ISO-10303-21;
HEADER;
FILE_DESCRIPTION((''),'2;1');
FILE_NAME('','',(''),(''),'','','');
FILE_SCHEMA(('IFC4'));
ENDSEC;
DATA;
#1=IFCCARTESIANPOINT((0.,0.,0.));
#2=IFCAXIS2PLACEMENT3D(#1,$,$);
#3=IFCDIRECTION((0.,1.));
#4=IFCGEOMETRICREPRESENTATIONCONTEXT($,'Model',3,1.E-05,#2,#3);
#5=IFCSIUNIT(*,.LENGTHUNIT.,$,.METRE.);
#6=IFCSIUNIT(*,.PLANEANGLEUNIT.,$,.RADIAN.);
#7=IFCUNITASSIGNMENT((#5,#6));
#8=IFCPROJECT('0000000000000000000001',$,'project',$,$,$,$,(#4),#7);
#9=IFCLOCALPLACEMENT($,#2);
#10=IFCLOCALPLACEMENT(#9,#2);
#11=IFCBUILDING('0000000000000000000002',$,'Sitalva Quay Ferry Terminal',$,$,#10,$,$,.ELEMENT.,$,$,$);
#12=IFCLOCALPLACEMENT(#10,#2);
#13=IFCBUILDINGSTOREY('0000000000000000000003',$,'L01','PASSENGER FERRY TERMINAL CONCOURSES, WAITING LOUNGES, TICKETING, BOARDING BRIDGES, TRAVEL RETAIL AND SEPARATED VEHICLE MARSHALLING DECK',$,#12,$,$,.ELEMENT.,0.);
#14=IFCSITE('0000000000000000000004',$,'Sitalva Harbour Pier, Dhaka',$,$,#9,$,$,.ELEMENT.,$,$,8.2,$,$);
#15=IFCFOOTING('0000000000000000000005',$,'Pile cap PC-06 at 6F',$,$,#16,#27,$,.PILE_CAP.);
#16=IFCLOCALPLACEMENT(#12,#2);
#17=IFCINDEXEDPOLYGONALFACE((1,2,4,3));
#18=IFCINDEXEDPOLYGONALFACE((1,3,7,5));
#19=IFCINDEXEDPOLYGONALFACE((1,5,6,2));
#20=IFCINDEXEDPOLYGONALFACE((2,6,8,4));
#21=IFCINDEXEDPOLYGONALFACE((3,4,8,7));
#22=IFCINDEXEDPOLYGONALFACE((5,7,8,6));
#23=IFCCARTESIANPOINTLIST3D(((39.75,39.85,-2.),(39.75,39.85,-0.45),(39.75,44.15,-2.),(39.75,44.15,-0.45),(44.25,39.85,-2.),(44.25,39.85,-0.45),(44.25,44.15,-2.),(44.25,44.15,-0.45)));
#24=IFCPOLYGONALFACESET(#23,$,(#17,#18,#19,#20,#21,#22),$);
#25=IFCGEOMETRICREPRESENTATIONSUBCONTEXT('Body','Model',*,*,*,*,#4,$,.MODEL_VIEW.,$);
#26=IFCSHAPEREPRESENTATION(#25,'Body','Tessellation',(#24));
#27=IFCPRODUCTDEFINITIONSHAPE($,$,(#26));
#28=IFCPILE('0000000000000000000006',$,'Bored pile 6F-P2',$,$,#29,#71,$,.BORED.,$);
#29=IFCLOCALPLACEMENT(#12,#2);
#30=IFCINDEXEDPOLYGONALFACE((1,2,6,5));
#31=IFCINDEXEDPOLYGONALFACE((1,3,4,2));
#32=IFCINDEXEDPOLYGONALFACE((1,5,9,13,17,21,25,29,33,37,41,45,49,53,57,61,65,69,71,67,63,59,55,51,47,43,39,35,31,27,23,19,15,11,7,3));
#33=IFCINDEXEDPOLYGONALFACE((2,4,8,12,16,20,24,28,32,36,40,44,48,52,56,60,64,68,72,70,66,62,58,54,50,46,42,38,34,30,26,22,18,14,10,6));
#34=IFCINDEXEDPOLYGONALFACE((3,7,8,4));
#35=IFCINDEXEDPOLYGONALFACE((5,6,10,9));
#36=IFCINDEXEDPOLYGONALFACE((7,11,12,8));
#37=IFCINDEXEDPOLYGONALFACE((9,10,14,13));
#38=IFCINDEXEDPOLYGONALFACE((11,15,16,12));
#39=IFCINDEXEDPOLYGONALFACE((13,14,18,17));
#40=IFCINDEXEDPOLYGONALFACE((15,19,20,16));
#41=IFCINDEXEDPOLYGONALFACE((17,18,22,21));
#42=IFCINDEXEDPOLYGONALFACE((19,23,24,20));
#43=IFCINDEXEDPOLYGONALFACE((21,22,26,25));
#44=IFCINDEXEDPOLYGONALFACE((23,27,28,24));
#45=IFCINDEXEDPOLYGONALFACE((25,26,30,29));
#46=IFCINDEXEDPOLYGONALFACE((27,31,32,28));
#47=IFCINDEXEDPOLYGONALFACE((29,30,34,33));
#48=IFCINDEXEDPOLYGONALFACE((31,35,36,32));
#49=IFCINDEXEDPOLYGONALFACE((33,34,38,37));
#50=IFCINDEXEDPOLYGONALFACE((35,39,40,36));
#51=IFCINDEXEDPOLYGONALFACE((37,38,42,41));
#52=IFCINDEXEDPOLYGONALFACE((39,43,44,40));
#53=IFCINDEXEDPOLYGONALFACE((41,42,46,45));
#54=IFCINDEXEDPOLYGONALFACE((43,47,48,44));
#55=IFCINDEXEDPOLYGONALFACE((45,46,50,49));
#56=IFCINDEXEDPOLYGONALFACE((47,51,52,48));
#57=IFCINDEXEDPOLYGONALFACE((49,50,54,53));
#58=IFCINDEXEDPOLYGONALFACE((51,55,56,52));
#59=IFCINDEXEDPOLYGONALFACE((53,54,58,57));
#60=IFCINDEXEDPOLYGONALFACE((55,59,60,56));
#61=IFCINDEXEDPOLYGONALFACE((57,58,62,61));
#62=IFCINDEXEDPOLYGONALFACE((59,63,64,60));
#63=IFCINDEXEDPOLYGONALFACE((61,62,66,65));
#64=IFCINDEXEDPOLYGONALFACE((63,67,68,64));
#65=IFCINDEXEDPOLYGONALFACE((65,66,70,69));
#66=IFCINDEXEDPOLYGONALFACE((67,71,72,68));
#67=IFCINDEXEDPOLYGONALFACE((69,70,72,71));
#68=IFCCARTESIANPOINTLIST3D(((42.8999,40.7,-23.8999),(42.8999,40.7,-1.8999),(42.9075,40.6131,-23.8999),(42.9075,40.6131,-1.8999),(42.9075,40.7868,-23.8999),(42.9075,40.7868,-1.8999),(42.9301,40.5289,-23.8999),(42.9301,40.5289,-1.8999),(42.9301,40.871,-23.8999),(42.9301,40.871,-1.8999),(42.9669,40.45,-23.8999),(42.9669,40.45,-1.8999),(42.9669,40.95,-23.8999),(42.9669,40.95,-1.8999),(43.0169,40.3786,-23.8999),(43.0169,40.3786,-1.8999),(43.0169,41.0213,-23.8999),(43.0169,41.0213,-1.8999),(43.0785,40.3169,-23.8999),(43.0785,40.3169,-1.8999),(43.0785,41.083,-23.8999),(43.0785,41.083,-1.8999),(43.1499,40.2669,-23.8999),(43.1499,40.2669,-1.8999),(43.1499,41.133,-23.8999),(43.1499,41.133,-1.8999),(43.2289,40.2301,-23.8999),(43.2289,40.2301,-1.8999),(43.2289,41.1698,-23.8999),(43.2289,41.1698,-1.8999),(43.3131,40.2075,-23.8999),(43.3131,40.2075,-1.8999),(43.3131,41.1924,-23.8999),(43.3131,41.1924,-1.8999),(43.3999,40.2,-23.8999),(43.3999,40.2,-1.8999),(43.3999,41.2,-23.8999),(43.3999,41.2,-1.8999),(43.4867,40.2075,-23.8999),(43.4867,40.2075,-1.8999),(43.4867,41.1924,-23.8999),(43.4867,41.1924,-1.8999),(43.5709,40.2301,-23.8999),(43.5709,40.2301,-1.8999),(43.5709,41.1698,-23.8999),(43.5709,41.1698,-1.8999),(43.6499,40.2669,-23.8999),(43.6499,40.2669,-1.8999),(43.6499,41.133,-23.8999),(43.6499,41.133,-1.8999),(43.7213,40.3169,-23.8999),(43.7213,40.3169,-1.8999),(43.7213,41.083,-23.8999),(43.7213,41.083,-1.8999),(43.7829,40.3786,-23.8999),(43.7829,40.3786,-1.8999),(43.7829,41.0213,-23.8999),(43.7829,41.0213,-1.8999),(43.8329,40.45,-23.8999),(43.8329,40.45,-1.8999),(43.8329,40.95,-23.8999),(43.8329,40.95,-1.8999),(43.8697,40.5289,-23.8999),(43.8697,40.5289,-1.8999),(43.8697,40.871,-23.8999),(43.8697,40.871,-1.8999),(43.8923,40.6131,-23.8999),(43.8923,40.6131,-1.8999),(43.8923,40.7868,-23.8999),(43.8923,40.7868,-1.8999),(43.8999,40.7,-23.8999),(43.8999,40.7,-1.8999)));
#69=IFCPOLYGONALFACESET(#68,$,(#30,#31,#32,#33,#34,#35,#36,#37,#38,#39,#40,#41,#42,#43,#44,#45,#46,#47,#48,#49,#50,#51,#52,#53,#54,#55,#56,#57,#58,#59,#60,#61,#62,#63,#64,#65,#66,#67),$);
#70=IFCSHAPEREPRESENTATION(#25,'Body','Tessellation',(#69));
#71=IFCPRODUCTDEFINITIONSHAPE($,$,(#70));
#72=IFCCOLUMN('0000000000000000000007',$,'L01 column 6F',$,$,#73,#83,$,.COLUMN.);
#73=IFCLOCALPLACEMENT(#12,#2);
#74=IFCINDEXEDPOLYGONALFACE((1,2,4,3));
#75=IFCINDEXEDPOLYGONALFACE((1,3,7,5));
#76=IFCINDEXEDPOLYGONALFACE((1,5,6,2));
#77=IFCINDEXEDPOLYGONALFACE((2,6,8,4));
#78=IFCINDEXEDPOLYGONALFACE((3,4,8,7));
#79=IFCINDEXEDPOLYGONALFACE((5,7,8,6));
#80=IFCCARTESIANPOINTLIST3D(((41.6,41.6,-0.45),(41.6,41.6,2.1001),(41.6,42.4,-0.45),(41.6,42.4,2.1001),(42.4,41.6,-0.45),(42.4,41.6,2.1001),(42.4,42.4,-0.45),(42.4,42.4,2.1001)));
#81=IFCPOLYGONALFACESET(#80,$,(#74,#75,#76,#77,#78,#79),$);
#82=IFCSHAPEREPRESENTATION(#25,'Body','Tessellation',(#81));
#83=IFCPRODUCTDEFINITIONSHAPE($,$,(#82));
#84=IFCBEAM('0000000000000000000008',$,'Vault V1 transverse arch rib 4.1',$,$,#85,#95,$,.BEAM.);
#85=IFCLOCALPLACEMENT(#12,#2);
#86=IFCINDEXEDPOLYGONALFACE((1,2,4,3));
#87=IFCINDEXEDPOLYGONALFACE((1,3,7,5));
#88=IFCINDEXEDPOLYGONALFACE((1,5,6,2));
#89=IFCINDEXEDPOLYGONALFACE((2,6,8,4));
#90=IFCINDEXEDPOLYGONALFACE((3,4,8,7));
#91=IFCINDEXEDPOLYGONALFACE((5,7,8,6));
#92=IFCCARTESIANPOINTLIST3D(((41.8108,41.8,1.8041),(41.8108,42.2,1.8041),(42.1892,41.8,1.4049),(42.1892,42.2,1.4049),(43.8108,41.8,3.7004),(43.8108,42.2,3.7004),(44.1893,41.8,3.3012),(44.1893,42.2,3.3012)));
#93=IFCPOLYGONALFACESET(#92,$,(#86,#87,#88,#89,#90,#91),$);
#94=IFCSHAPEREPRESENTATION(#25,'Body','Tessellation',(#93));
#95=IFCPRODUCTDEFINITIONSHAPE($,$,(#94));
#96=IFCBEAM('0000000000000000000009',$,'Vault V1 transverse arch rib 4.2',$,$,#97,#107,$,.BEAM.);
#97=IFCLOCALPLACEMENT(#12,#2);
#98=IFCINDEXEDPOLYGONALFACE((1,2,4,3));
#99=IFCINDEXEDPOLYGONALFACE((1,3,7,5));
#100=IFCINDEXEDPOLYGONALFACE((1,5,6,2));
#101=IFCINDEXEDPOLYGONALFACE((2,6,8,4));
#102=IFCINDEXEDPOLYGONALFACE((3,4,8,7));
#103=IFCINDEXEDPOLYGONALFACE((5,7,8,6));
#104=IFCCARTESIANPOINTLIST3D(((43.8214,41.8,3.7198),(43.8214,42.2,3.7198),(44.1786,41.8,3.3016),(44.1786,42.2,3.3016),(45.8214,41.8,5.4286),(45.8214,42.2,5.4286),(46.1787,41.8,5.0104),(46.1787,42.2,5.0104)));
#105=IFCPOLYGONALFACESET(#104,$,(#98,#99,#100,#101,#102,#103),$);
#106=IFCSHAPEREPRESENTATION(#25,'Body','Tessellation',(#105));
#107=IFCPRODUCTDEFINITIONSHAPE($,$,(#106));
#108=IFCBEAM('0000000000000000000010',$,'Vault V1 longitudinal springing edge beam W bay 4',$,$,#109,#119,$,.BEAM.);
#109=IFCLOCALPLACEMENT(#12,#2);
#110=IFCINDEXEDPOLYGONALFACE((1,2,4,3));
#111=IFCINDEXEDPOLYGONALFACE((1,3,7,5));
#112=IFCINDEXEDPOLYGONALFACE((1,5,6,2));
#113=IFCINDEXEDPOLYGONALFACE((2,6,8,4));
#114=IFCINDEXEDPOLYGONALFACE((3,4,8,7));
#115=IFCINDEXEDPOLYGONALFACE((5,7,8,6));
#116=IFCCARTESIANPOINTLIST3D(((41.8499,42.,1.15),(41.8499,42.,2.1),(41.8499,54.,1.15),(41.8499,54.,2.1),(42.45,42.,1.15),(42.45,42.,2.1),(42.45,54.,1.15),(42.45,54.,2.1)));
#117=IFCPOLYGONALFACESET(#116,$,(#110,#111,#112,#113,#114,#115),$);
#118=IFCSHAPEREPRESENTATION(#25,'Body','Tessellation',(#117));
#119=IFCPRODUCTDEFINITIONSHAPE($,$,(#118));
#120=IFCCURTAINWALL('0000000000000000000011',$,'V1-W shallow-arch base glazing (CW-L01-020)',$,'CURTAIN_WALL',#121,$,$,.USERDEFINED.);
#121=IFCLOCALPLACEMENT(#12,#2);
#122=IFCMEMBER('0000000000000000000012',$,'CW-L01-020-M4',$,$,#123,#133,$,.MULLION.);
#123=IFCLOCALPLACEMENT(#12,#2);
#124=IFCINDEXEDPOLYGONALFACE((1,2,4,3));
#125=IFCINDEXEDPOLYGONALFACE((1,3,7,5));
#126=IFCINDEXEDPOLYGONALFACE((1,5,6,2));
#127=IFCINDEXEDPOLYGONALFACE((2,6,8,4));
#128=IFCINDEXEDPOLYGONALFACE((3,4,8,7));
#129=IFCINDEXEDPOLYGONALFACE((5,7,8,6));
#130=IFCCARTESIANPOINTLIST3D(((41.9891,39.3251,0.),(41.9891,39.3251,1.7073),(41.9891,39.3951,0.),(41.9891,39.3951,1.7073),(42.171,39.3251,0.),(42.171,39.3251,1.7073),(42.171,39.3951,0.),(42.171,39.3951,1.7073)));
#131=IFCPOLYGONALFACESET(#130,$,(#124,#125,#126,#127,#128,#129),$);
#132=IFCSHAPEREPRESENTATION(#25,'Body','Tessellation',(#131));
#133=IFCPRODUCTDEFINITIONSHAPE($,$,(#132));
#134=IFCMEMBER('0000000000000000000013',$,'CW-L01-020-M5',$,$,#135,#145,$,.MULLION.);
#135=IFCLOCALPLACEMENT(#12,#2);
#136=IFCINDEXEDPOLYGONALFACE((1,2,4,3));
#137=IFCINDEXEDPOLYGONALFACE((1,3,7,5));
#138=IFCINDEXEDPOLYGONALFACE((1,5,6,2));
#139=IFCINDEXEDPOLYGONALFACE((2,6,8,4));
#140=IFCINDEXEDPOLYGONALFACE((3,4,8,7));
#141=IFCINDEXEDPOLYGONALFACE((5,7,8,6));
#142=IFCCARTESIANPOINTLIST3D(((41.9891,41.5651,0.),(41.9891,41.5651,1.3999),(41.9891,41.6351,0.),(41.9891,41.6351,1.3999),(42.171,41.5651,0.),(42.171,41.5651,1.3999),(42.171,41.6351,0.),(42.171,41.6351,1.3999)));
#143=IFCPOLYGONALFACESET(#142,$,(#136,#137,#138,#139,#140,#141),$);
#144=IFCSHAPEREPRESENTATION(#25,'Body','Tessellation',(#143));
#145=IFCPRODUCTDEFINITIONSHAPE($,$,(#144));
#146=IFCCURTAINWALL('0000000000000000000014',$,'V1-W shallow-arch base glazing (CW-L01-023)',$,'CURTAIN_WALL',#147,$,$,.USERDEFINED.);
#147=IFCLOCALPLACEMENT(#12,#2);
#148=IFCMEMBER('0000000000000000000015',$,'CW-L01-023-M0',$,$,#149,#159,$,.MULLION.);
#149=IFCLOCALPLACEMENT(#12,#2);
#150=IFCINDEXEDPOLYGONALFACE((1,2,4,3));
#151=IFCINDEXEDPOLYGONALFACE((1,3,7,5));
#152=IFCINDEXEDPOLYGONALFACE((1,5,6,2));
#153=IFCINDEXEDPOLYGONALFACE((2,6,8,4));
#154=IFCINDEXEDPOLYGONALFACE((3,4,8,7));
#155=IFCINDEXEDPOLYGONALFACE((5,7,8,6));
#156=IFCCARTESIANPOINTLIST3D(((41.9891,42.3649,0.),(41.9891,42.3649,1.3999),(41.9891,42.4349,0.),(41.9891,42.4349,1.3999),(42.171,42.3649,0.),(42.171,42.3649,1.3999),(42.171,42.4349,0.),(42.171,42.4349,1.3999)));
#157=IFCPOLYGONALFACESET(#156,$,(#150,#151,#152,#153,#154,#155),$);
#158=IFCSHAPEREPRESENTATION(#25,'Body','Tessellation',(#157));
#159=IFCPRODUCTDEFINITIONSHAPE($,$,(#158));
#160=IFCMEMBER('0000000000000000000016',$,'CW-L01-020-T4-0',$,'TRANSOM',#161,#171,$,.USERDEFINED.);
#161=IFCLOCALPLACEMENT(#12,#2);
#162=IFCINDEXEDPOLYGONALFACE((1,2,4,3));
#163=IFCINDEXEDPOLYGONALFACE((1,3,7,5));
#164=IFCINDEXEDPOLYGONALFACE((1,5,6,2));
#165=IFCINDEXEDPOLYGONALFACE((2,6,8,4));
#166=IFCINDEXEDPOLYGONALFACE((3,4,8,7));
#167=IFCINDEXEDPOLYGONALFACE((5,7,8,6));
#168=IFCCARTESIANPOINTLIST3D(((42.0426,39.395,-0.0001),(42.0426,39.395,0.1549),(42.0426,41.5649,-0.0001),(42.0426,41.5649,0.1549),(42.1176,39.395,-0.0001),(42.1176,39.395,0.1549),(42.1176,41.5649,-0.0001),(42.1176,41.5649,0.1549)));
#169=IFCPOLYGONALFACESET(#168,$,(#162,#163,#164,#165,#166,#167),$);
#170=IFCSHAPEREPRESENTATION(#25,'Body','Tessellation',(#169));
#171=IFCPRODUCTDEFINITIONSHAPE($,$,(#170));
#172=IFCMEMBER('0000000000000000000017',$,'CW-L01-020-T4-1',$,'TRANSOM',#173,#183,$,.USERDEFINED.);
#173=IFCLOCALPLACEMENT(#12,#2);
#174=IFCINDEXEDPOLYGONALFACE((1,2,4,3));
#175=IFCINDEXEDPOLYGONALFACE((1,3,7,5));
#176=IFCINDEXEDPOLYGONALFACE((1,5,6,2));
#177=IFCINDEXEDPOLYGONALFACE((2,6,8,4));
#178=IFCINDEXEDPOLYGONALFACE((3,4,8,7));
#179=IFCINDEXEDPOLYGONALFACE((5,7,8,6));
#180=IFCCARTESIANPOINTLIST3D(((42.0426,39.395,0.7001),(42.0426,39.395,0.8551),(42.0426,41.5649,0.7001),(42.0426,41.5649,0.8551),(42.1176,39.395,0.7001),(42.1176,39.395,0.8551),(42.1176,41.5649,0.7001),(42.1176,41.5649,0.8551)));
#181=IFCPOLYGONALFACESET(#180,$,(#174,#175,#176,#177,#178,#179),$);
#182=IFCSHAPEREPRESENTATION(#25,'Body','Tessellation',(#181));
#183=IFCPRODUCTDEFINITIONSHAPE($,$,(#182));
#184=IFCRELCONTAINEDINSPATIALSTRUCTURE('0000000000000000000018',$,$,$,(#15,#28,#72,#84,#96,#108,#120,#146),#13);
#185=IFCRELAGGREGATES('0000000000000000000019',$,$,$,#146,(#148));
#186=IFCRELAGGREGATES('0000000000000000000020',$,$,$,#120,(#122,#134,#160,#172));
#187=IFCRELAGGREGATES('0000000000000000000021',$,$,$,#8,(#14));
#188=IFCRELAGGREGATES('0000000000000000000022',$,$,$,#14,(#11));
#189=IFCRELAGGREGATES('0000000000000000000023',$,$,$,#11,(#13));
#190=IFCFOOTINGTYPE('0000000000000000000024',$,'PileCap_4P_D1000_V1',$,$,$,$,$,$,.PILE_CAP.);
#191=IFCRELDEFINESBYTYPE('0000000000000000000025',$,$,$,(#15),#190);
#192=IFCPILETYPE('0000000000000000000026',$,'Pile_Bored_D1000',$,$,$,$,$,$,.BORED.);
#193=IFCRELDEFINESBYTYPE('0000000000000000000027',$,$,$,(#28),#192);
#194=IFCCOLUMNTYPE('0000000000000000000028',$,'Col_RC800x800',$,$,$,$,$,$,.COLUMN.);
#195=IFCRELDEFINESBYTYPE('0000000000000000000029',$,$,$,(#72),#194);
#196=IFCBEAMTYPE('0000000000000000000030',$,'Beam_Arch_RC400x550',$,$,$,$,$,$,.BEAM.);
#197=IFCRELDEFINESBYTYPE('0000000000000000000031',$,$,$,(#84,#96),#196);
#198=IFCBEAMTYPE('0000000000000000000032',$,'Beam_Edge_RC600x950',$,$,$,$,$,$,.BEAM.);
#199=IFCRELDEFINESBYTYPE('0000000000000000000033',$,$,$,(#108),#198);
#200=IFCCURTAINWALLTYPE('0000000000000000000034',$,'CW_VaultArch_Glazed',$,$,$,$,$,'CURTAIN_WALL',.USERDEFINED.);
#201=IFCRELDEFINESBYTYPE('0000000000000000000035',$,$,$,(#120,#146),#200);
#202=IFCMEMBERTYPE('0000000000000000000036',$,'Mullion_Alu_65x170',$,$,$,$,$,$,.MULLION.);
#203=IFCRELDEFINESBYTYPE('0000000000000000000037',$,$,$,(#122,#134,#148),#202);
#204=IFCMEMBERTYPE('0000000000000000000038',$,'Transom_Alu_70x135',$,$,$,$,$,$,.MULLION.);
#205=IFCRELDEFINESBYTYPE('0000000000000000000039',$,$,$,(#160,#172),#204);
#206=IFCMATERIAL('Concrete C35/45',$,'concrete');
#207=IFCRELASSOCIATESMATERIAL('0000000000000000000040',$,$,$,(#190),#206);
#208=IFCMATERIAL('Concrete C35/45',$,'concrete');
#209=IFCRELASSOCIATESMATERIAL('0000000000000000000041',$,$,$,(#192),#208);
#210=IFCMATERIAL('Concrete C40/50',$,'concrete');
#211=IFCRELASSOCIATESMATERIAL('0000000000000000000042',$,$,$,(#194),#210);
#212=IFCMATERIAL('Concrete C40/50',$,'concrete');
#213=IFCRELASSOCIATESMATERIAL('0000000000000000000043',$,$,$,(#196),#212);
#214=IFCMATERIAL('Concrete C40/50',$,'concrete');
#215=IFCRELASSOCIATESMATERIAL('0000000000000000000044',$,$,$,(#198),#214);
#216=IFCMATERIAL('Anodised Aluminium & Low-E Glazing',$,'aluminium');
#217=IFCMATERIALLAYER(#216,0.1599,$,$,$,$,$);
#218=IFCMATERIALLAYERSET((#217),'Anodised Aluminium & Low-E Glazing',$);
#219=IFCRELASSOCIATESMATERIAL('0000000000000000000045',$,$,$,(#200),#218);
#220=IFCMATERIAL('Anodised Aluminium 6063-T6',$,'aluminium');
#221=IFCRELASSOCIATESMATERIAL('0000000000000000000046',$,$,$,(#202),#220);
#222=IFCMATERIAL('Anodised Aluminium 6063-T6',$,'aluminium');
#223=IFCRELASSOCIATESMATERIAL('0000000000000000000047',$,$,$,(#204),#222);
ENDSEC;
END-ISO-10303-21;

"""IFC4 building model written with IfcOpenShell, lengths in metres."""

from ifc_helpers import new_model, si_unit, direction, frame, origin, origin_2d, place, context, subcontext, project, spatial, rectangle, circle, extrude, material, layer, layer_set, material_profile, profile_set, type_object, element, aggregate, save


model = new_model("IFC4")

# Units and contexts
model_context = context("Model", 3, precision=1e-05, world=origin(), true_north=direction((0.0, 1.0)))
body_context = subcontext(model_context, "Body", "Model", "MODEL_VIEW")
ifc_project = project(units=[si_unit("LENGTHUNIT", "METRE"), si_unit("PLANEANGLEUNIT", "RADIAN")], contexts=[model_context])

# Site, building, storey
site_placement = place(None, origin())
site = spatial("IfcSite", under=ifc_project, at=site_placement, Name="Sitalva Harbour Pier, Dhaka", CompositionType="ELEMENT", RefElevation=8.2)
building_placement = place(site_placement, origin())
building = spatial("IfcBuilding", under=site, at=building_placement, Name="Sitalva Quay Ferry Terminal", CompositionType="ELEMENT")
storey_placement = place(building_placement, origin())
storey = spatial("IfcBuildingStorey", under=building, at=storey_placement, Name="L01", Description="PASSENGER FERRY TERMINAL CONCOURSES, WAITING LOUNGES, TICKETING, BOARDING BRIDGES, TRAVEL RETAIL AND SEPARATED VEHICLE MARSHALLING DECK", CompositionType="ELEMENT", Elevation=0.0)

# Footing
ifc_material_1 = material(Name="Concrete C35/45", Category="concrete")
footing_type = type_object("IfcFootingType", Name="PileCap_4P_D1000_V1", PredefinedType="PILE_CAP", material=ifc_material_1)
footing_placement = place(storey_placement, frame((42.0, 42.0, -2.0), z_axis=(0.0, 0.0, 1.0), x_axis=(1.0, 0.0, 0.0)))
element("IfcFooting", 1, at=footing_placement, inside=storey, type_object=footing_type, Name="Pile cap PC-06 at 6F", PredefinedType="PILE_CAP", context=body_context, shape_type="SweptSolid", body=[
    extrude(rectangle(XDim=4.5, YDim=4.3, at=origin_2d()), origin(), (0.0, 0.0, 1.0), 1.55),
])

# Pile
ifc_material_2 = material(Name="Concrete C35/45", Category="concrete")
ifc_material_profile_1 = material_profile(ifc_material_2, circle(Radius=0.5, at=origin_2d()), Name="PILE-D1000")
ifc_profile_set_1 = profile_set([ifc_material_profile_1], Name="Concrete C35/45")
pile_type = type_object("IfcPileType", Name="Pile_Bored_D1000", PredefinedType="BORED", material=ifc_profile_set_1)
pile_placement = place(storey_placement, frame((43.3999, 40.7, -1.8999), z_axis=(0.0, 0.0, -1.0), x_axis=(1.0, 0.0, 0.0)))
element("IfcPile", 2, at=pile_placement, inside=storey, type_object=pile_type, Name="Bored pile 6F-P2", PredefinedType="BORED", context=body_context, shape_type="SweptSolid", body=[
    extrude(circle(Radius=0.5, at=origin_2d()), origin(), (0.0, 0.0, 1.0), 22.0),
])

# Column
ifc_material_3 = material(Name="Concrete C40/50", Category="concrete")
ifc_material_profile_2 = material_profile(ifc_material_3, rectangle(XDim=0.8, YDim=0.8, at=origin_2d()), Name="RC800x800")
ifc_profile_set_2 = profile_set([ifc_material_profile_2], Name="Concrete C40/50")
column_type = type_object("IfcColumnType", Name="Col_RC800x800", PredefinedType="COLUMN", material=ifc_profile_set_2)
column_placement = place(storey_placement, frame((42.0, 42.0, -0.45), z_axis=(0.0, 0.0, 1.0), x_axis=(1.0, 0.0, 0.0)))
element("IfcColumn", 3, at=column_placement, inside=storey, type_object=column_type, Name="L01 column 6F", PredefinedType="COLUMN", context=body_context, shape_type="SweptSolid", body=[
    extrude(rectangle(XDim=0.8, YDim=0.8, at=origin_2d()), origin(), (0.0, 0.0, 1.0), 2.55),
])

# Beams
ifc_material_4 = material(Name="Concrete C40/50", Category="concrete")
ifc_material_profile_3 = material_profile(ifc_material_4, rectangle(XDim=0.3999, YDim=0.55, at=origin_2d()), Name="RC400x550")
ifc_profile_set_3 = profile_set([ifc_material_profile_3], Name="Concrete C40/50")
beam_type_1 = type_object("IfcBeamType", Name="Beam_Arch_RC400x550", PredefinedType="BEAM", material=ifc_profile_set_3)
beam_1_placement = place(storey_placement, frame((42.0, 42.0, 1.6045), z_axis=(0.72568, 0.0, 0.688032), x_axis=(0.0, 1.0, 0.0)))
element("IfcBeam", 4, at=beam_1_placement, inside=storey, type_object=beam_type_1, Name="Vault V1 transverse arch rib 4.1", PredefinedType="BEAM", context=body_context, shape_type="SweptSolid", body=[
    extrude(rectangle(XDim=0.3999, YDim=0.55, at=origin_2d()), origin(), (0.0, 0.0, 1.0), 2.7561),
])
beam_2_placement = place(storey_placement, frame((44.0, 42.0, 3.5107), z_axis=(0.760297, 0.0, 0.649575), x_axis=(0.0, 1.0, 0.0)))
element("IfcBeam", 5, at=beam_2_placement, inside=storey, type_object=beam_type_1, Name="Vault V1 transverse arch rib 4.2", PredefinedType="BEAM", context=body_context, shape_type="SweptSolid", body=[
    extrude(rectangle(XDim=0.3999, YDim=0.55, at=origin_2d()), origin(), (0.0, 0.0, 1.0), 2.6306),
])
ifc_material_5 = material(Name="Concrete C40/50", Category="concrete")
ifc_material_profile_4 = material_profile(ifc_material_5, rectangle(XDim=0.6001, YDim=0.95, at=origin_2d()), Name="RC600x950")
ifc_profile_set_4 = profile_set([ifc_material_profile_4], Name="Concrete C40/50")
beam_type_2 = type_object("IfcBeamType", Name="Beam_Edge_RC600x950", PredefinedType="BEAM", material=ifc_profile_set_4)
beam_3_placement = place(storey_placement, frame((42.1499, 42.0, 1.625), z_axis=(0.0, 1.0, 0.0), x_axis=(-1.0, 0.0, 0.0)))
element("IfcBeam", 6, at=beam_3_placement, inside=storey, type_object=beam_type_2, Name="Vault V1 longitudinal springing edge beam W bay 4", PredefinedType="BEAM", context=body_context, shape_type="SweptSolid", body=[
    extrude(rectangle(XDim=0.6001, YDim=0.95, at=origin_2d()), origin(), (0.0, 0.0, 1.0), 12.0),
])

# Curtain wall, members
ifc_material_6 = material(Name="Anodised Aluminium & Low-E Glazing", Category="aluminium")
ifc_layer_1 = layer(ifc_material_6, 0.1599)
ifc_layer_set_1 = layer_set([ifc_layer_1], Name="Anodised Aluminium & Low-E Glazing")
curtain_wall_type = type_object("IfcCurtainWallType", Name="CW_VaultArch_Glazed", ElementType="CURTAIN_WALL", PredefinedType="USERDEFINED", material=ifc_layer_set_1)
curtain_wall_1_placement = place(storey_placement, origin())
curtain_wall_1 = element("IfcCurtainWall", 7, at=curtain_wall_1_placement, inside=storey, type_object=curtain_wall_type, Name="V1-W shallow-arch base glazing (CW-L01-020)", ObjectType="CURTAIN_WALL", PredefinedType="USERDEFINED")
ifc_material_7 = material(Name="Anodised Aluminium 6063-T6", Category="aluminium")
ifc_material_profile_5 = material_profile(ifc_material_7, rectangle(XDim=0.0701, YDim=0.1819, at=origin_2d()), Name="ALU70x182")
ifc_profile_set_5 = profile_set([ifc_material_profile_5], Name="Anodised Aluminium 6063-T6")
member_type_1 = type_object("IfcMemberType", Name="Mullion_Alu_65x170", PredefinedType="MULLION", material=ifc_profile_set_5)
member_1_placement = place(storey_placement, frame((42.0801, 39.3601, 0.0), z_axis=(0.0, 0.0, 1.0), x_axis=(0.0, 1.0, 0.0)))
member_1 = element("IfcMember", 8, at=member_1_placement, type_object=member_type_1, Name="CW-L01-020-M4", PredefinedType="MULLION", context=body_context, shape_type="SweptSolid", body=[
    extrude(rectangle(XDim=0.0701, YDim=0.1819, at=origin_2d()), origin(), (0.0, 0.0, 1.0), 1.7073),
])
member_2_placement = place(storey_placement, frame((42.0801, 41.6001, 0.0), z_axis=(0.0, 0.0, 1.0), x_axis=(0.0, 1.0, 0.0)))
member_2 = element("IfcMember", 9, at=member_2_placement, type_object=member_type_1, Name="CW-L01-020-M5", PredefinedType="MULLION", context=body_context, shape_type="SweptSolid", body=[
    extrude(rectangle(XDim=0.0701, YDim=0.1819, at=origin_2d()), origin(), (0.0, 0.0, 1.0), 1.3999),
])

# Curtain wall, member
curtain_wall_2_placement = place(storey_placement, origin())
curtain_wall_2 = element("IfcCurtainWall", 10, at=curtain_wall_2_placement, inside=storey, type_object=curtain_wall_type, Name="V1-W shallow-arch base glazing (CW-L01-023)", ObjectType="CURTAIN_WALL", PredefinedType="USERDEFINED")
member_3_placement = place(storey_placement, frame((42.0801, 42.3999, 0.0), z_axis=(0.0, 0.0, 1.0), x_axis=(0.0, 1.0, 0.0)))
member_3 = element("IfcMember", 11, at=member_3_placement, type_object=member_type_1, Name="CW-L01-023-M0", PredefinedType="MULLION", context=body_context, shape_type="SweptSolid", body=[
    extrude(rectangle(XDim=0.0701, YDim=0.1819, at=origin_2d()), origin(), (0.0, 0.0, 1.0), 1.3999),
])

# Members
ifc_material_8 = material(Name="Anodised Aluminium 6063-T6", Category="aluminium")
ifc_material_profile_6 = material_profile(ifc_material_8, rectangle(XDim=0.075, YDim=0.155, at=origin_2d()), Name="ALU75x155")
ifc_profile_set_6 = profile_set([ifc_material_profile_6], Name="Anodised Aluminium 6063-T6")
member_type_2 = type_object("IfcMemberType", Name="Transom_Alu_70x135", PredefinedType="MULLION", material=ifc_profile_set_6)
member_4_placement = place(storey_placement, frame((42.0801, 39.395, 0.0774), z_axis=(0.0, 1.0, 0.0), x_axis=(-1.0, 0.0, 0.0)))
member_4 = element("IfcMember", 12, at=member_4_placement, type_object=member_type_2, Name="CW-L01-020-T4-0", ObjectType="TRANSOM", PredefinedType="USERDEFINED", context=body_context, shape_type="SweptSolid", body=[
    extrude(rectangle(XDim=0.075, YDim=0.155, at=origin_2d()), origin(), (0.0, 0.0, 1.0), 2.1699),
])
member_5_placement = place(storey_placement, frame((42.0801, 39.395, 0.7776), z_axis=(0.0, 1.0, 0.0), x_axis=(-1.0, 0.0, 0.0)))
member_5 = element("IfcMember", 13, at=member_5_placement, type_object=member_type_2, Name="CW-L01-020-T4-1", ObjectType="TRANSOM", PredefinedType="USERDEFINED", context=body_context, shape_type="SweptSolid", body=[
    extrude(rectangle(XDim=0.075, YDim=0.155, at=origin_2d()), origin(), (0.0, 0.0, 1.0), 2.1699),
])
aggregate(curtain_wall_2, [member_3])

aggregate(curtain_wall_1, [member_1, member_2, member_4, member_5])

save(model, "model.ifc")
